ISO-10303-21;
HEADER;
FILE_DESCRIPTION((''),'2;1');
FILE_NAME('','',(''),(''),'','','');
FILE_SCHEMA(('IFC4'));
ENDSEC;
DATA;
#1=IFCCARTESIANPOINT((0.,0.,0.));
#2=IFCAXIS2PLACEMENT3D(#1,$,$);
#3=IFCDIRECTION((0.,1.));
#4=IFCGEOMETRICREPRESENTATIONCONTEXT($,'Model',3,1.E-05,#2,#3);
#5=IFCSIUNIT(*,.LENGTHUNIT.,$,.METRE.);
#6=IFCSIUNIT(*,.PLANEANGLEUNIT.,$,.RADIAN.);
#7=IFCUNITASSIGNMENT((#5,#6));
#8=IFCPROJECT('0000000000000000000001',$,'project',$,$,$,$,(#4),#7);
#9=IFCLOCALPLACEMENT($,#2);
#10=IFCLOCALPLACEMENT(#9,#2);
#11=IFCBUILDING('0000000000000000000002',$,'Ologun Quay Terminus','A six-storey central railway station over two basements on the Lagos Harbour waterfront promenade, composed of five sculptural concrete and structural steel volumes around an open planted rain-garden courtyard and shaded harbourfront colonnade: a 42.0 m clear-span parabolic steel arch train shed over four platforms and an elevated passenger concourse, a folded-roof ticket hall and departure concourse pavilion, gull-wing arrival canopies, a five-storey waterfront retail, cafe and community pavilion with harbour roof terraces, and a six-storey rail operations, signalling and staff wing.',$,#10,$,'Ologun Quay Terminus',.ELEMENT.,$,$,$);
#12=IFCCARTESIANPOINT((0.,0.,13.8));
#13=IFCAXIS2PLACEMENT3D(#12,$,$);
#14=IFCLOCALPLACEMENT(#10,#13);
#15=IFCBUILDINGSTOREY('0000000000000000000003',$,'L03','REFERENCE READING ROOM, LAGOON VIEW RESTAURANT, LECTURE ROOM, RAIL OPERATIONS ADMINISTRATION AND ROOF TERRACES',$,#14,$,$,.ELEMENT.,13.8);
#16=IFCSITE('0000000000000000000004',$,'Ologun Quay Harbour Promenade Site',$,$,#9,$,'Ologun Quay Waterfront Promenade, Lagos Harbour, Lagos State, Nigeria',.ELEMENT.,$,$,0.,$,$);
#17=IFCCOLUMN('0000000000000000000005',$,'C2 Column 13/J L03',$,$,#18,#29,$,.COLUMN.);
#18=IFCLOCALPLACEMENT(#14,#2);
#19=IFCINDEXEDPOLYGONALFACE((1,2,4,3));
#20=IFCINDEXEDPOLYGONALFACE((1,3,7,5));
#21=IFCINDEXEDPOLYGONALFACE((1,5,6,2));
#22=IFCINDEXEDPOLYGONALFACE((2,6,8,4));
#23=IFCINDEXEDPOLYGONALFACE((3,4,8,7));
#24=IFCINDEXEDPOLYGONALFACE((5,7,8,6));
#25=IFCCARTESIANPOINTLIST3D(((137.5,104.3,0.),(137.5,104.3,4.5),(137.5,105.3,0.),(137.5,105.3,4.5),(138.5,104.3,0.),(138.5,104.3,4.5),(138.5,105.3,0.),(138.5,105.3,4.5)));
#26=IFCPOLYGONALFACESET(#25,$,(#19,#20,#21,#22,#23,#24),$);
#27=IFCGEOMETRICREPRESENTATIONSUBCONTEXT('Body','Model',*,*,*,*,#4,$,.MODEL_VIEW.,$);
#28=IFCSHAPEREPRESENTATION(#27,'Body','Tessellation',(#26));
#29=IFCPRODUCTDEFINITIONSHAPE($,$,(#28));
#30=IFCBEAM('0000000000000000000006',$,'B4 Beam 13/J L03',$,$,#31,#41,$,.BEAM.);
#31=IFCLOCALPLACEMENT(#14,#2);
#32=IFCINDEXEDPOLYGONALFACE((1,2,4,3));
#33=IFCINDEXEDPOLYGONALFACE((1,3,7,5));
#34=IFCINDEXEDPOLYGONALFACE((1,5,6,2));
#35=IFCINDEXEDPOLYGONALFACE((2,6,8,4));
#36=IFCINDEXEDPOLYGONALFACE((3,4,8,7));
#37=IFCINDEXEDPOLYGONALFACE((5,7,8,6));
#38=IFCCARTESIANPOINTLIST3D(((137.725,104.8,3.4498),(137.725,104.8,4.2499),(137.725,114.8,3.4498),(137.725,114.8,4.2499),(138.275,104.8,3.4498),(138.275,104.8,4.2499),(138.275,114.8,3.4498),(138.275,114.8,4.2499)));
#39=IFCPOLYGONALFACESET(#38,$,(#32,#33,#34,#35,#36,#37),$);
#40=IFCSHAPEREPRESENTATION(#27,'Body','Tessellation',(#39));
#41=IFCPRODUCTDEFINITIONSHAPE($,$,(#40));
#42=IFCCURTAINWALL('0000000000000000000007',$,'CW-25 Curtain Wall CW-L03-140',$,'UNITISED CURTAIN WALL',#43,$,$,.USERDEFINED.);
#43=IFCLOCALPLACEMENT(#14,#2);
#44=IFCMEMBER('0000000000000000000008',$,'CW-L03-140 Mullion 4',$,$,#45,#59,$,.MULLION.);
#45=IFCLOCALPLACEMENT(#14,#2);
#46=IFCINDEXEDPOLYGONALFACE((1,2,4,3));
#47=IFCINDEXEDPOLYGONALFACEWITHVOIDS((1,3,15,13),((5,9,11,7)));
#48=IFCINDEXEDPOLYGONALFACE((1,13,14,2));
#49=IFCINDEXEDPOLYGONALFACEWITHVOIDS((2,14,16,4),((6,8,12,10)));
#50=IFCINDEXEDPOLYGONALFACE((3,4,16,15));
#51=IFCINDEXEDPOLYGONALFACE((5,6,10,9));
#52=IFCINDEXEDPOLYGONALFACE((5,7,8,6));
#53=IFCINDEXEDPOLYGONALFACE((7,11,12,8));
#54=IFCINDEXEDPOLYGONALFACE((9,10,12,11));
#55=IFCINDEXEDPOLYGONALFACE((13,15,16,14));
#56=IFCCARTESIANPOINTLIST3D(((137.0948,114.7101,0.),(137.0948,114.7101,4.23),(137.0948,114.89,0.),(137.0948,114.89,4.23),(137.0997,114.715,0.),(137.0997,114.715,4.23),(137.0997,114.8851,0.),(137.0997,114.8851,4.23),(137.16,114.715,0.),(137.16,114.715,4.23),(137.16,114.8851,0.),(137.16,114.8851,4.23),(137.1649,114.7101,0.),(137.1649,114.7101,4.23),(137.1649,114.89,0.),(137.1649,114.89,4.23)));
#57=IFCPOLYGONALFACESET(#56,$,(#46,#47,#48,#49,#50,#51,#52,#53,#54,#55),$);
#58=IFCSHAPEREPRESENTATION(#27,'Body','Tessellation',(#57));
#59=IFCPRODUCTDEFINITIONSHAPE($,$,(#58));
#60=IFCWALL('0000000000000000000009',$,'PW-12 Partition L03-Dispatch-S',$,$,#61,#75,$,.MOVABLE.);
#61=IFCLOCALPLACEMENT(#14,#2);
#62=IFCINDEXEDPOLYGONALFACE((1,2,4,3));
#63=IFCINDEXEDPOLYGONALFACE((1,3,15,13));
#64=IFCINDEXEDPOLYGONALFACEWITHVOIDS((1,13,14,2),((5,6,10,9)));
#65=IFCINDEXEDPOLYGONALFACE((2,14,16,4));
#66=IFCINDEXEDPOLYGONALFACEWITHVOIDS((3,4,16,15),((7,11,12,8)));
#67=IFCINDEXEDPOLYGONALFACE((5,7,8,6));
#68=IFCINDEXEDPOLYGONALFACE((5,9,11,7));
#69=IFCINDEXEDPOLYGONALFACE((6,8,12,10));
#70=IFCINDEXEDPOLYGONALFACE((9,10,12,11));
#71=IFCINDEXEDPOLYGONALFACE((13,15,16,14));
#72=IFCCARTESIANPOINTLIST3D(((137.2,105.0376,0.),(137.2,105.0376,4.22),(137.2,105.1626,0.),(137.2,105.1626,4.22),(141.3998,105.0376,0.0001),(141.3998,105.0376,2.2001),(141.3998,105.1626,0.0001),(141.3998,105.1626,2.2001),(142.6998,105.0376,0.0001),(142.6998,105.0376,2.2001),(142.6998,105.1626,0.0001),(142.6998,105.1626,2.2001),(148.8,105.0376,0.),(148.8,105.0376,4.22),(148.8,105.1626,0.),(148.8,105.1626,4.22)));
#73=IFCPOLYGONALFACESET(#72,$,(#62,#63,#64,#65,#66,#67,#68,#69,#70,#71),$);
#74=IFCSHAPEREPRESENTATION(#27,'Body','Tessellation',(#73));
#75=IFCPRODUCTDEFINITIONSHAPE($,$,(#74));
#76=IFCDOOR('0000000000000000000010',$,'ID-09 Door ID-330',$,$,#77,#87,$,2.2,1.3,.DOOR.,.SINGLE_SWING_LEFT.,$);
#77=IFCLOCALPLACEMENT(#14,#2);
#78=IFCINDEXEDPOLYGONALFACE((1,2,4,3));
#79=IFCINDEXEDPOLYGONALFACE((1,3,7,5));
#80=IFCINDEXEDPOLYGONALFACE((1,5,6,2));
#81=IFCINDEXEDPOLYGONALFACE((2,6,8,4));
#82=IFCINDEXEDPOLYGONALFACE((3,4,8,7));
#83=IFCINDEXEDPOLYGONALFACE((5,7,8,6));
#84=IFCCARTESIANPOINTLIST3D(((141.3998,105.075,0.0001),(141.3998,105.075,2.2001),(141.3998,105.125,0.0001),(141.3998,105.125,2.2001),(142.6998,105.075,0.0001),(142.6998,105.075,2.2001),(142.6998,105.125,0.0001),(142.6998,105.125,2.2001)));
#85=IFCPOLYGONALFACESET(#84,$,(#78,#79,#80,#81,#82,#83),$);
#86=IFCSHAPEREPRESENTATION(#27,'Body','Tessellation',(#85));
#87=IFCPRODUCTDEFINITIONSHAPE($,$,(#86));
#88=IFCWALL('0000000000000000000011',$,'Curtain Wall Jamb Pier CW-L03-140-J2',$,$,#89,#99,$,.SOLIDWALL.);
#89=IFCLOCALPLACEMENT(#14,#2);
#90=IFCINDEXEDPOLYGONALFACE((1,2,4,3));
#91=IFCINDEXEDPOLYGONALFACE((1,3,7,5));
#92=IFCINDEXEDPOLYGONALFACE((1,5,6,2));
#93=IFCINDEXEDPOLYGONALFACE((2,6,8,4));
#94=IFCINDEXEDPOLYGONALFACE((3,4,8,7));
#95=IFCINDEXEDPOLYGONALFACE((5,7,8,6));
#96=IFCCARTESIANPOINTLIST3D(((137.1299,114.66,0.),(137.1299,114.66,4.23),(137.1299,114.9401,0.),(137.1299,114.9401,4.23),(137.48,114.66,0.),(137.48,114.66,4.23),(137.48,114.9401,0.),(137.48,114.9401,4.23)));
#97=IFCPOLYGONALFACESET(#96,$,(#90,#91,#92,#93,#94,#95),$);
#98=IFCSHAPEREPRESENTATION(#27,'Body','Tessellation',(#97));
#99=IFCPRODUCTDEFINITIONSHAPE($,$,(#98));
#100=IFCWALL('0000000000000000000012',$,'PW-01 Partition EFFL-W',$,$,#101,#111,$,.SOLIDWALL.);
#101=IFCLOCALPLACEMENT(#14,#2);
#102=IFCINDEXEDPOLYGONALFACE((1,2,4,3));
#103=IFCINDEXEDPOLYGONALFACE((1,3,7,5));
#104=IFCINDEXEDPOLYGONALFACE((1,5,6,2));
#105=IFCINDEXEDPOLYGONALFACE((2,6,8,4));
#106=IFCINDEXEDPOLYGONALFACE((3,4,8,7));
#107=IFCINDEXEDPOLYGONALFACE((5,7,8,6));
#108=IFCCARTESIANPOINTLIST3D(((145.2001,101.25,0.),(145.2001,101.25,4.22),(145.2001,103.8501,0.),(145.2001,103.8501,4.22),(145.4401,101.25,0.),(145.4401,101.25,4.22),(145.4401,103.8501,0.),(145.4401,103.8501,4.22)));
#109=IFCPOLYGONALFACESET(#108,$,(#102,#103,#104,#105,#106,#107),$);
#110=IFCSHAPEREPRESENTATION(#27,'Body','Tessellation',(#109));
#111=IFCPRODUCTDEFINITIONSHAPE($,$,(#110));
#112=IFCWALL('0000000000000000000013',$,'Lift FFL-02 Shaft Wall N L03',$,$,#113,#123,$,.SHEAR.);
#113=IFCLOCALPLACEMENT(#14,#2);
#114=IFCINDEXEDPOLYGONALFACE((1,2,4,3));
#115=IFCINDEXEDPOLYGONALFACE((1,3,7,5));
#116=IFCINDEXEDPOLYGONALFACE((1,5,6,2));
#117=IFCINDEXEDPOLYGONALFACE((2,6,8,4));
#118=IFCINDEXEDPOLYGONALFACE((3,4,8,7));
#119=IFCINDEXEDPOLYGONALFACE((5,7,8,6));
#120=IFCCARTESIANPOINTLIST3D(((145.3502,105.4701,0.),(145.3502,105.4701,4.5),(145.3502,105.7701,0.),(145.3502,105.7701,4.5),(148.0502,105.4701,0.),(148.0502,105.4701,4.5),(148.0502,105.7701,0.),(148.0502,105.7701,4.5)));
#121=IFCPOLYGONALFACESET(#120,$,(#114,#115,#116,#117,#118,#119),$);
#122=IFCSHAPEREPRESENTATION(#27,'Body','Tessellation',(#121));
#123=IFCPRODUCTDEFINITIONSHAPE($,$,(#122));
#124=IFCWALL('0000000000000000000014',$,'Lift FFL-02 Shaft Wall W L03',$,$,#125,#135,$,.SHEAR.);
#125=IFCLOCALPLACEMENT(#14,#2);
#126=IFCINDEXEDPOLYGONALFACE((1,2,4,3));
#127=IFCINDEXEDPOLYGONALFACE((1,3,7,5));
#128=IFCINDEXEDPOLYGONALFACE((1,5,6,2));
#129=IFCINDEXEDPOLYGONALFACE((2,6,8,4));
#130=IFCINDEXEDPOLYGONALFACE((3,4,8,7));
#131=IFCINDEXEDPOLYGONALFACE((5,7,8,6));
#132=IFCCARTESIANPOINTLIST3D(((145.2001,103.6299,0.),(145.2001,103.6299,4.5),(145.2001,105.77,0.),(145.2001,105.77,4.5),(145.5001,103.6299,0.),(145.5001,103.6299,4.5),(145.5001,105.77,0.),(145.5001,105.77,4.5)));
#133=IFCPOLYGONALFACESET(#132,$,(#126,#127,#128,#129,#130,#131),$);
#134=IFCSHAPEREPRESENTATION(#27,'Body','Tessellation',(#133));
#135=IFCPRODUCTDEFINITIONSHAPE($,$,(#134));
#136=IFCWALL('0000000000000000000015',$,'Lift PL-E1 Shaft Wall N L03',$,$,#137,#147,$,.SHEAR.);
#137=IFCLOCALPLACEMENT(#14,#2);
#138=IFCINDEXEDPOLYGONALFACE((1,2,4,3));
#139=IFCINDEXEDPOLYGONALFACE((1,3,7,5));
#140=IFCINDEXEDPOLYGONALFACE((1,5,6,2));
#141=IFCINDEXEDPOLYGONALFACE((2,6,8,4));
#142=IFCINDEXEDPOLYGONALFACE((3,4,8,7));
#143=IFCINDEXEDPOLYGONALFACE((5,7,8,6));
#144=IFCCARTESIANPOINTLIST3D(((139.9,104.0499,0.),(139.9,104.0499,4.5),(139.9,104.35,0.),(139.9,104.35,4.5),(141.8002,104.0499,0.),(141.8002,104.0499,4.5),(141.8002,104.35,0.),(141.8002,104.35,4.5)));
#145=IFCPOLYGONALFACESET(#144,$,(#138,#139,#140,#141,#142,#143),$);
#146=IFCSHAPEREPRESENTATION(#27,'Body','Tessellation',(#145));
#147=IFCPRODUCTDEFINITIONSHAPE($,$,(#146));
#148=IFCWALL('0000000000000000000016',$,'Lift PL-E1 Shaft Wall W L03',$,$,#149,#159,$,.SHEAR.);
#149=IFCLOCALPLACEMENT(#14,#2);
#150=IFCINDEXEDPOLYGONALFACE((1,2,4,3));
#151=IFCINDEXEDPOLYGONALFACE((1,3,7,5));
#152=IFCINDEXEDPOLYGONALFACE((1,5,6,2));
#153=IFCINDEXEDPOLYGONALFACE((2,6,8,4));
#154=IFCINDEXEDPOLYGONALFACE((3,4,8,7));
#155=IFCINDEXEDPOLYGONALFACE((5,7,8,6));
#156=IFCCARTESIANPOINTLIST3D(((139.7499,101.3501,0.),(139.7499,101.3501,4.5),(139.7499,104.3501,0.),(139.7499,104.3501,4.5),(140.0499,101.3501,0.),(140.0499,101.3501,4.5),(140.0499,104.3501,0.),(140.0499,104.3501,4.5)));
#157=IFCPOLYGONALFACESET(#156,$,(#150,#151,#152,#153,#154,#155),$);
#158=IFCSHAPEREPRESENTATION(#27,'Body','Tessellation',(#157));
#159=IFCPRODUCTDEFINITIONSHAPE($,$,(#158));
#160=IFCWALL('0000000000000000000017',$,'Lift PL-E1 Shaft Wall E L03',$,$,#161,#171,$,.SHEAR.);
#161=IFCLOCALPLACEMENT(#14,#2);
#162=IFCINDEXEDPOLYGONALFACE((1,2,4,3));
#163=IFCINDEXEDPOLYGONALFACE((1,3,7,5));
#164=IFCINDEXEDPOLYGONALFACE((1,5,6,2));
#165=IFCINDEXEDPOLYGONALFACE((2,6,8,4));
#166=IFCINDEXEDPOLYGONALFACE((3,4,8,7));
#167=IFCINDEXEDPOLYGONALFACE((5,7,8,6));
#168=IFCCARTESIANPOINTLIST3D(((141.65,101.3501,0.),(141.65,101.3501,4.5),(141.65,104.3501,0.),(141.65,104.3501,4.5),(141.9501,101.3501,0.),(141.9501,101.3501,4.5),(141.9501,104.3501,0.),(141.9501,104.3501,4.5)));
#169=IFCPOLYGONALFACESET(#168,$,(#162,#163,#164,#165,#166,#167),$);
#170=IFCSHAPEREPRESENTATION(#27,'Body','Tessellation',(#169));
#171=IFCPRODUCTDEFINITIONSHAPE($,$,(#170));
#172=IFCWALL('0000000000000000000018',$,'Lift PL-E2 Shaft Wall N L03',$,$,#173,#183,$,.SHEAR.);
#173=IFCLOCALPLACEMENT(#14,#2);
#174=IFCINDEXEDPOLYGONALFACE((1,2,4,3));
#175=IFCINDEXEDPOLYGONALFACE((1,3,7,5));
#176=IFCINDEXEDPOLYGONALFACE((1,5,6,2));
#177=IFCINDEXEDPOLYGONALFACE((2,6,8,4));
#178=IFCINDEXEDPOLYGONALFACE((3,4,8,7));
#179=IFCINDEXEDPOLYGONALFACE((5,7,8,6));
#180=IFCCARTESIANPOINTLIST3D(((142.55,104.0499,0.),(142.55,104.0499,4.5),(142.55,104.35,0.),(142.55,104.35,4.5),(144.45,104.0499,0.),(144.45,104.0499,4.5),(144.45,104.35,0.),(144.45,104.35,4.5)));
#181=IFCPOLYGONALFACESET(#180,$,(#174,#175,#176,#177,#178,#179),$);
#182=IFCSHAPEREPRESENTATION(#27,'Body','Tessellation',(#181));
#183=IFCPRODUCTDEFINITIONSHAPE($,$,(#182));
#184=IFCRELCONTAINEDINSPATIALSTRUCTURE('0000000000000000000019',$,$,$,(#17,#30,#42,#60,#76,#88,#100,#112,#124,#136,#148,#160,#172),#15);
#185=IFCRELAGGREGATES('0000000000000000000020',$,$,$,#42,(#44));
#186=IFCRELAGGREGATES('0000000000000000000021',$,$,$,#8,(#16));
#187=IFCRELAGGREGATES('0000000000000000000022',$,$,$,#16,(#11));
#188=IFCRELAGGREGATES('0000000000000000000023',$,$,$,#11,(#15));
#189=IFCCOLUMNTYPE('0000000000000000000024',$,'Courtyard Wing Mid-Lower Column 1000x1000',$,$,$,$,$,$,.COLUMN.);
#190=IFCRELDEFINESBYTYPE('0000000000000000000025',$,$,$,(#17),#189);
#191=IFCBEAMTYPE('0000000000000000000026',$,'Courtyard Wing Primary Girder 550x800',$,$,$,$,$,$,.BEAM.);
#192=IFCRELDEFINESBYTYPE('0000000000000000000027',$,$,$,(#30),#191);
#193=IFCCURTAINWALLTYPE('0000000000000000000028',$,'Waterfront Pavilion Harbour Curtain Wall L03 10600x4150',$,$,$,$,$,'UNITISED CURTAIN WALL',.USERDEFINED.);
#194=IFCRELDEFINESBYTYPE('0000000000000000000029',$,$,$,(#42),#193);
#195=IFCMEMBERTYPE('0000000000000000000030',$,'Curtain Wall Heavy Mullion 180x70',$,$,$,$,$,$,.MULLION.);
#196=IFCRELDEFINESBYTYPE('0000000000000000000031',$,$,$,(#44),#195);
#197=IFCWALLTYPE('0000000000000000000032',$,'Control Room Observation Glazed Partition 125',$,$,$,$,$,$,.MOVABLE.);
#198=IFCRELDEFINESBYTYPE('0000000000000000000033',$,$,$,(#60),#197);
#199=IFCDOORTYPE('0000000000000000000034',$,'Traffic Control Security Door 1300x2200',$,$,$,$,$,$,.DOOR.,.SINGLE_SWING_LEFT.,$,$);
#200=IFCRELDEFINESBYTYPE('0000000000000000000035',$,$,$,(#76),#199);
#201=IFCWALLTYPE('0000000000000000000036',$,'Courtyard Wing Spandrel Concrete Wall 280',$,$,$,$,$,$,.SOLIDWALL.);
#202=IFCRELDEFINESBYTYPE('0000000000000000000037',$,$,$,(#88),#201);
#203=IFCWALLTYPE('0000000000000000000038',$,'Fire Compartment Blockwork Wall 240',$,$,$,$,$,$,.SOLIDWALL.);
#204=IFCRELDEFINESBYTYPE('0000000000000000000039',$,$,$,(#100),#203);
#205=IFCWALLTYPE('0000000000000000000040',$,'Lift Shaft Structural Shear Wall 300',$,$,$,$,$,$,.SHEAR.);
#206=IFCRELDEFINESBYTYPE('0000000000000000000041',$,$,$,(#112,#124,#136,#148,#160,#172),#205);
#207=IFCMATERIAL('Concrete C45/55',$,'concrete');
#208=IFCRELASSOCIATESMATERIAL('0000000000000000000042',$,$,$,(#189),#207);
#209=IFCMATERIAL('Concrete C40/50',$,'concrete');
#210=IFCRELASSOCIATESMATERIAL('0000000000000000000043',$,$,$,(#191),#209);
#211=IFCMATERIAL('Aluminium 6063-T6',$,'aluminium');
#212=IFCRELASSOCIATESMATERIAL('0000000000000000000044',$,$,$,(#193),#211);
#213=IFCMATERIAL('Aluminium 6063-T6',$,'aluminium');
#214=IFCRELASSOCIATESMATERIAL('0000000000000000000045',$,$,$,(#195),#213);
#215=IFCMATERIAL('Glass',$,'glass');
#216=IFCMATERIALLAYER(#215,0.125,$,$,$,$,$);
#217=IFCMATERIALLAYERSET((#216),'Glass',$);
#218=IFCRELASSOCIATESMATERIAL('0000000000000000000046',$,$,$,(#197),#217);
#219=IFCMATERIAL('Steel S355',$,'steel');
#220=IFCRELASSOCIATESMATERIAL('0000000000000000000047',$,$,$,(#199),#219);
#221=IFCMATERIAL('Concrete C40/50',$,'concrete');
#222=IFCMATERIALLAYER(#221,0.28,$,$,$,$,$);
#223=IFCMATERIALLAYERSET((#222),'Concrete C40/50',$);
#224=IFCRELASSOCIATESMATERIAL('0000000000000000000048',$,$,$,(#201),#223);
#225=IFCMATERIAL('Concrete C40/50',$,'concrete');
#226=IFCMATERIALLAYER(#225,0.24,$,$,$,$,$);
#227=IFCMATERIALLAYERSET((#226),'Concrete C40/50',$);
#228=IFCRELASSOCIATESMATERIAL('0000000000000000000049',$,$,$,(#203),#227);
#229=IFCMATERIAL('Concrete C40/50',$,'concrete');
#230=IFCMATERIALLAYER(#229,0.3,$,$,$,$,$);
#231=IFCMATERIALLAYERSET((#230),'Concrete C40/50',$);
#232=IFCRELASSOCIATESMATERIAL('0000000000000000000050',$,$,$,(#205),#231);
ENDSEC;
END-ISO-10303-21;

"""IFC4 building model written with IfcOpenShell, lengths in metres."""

from ifc_helpers import new_model, si_unit, direction, frame, frame_2d, origin, origin_2d, place, context, subcontext, project, spatial, rectangle, hollow_rectangle, extrude, material, layer, layer_set, material_profile, profile_set, type_object, element, fill, aggregate, save


model = new_model("IFC4")

# Units and contexts
model_context = context("Model", 3, precision=1e-05, world=origin(), true_north=direction((0.0, 1.0)))
body_context = subcontext(model_context, "Body", "Model", "MODEL_VIEW")
ifc_project = project(units=[si_unit("LENGTHUNIT", "METRE"), si_unit("PLANEANGLEUNIT", "RADIAN")], contexts=[model_context])

# Site, building, storey
site_placement = place(None, origin())
site = spatial("IfcSite", under=ifc_project, at=site_placement, Name="Ologun Quay Harbour Promenade Site", LongName="Ologun Quay Waterfront Promenade, Lagos Harbour, Lagos State, Nigeria", CompositionType="ELEMENT", RefElevation=0.0)
building_placement = place(site_placement, origin())
building = spatial("IfcBuilding", under=site, at=building_placement, Name="Ologun Quay Terminus", Description="A six-storey central railway station over two basements on the Lagos Harbour waterfront promenade, composed of five sculptural concrete and structural steel volumes around an open planted rain-garden courtyard and shaded harbourfront colonnade: a 42.0 m clear-span parabolic steel arch train shed over four platforms and an elevated passenger concourse, a folded-roof ticket hall and departure concourse pavilion, gull-wing arrival canopies, a five-storey waterfront retail, cafe and community pavilion with harbour roof terraces, and a six-storey rail operations, signalling and staff wing.", LongName="Ologun Quay Terminus", CompositionType="ELEMENT")
storey_placement = place(building_placement, frame((0.0, 0.0, 13.8)))
storey = spatial("IfcBuildingStorey", under=building, at=storey_placement, Name="L03", Description="REFERENCE READING ROOM, LAGOON VIEW RESTAURANT, LECTURE ROOM, RAIL OPERATIONS ADMINISTRATION AND ROOF TERRACES", CompositionType="ELEMENT", Elevation=13.8)

# Column
ifc_material_1 = material(Name="Concrete C45/55", Category="concrete")
ifc_material_profile_1 = material_profile(ifc_material_1, rectangle(XDim=1.0, YDim=1.0, at=origin_2d()), Name="RC 1000x1000")
ifc_profile_set_1 = profile_set([ifc_material_profile_1], Name="Concrete C45/55")
column_type = type_object("IfcColumnType", Name="Courtyard Wing Mid-Lower Column 1000x1000", PredefinedType="COLUMN", material=ifc_profile_set_1)
column_placement = place(storey_placement, frame((138.0, 104.8, 0.0), z_axis=(0.0, 0.0, 1.0), x_axis=(1.0, 0.0, 0.0)))
element("IfcColumn", 1, at=column_placement, inside=storey, type_object=column_type, Name="C2 Column 13/J L03", PredefinedType="COLUMN", context=body_context, shape_type="SweptSolid", body=[
    extrude(rectangle(XDim=1.0, YDim=1.0, at=origin_2d()), origin(), (0.0, 0.0, 1.0), 4.5),
])

# Beam
ifc_material_2 = material(Name="Concrete C40/50", Category="concrete")
ifc_material_profile_2 = material_profile(ifc_material_2, rectangle(XDim=0.55, YDim=0.8, at=origin_2d()), Name="RC 550x800")
ifc_profile_set_2 = profile_set([ifc_material_profile_2], Name="Concrete C40/50")
beam_type = type_object("IfcBeamType", Name="Courtyard Wing Primary Girder 550x800", PredefinedType="BEAM", material=ifc_profile_set_2)
beam_placement = place(storey_placement, frame((138.0, 104.8, 3.8499), z_axis=(0.0, 1.0, 0.0), x_axis=(-1.0, 0.0, 0.0)))
element("IfcBeam", 2, at=beam_placement, inside=storey, type_object=beam_type, Name="B4 Beam 13/J L03", PredefinedType="BEAM", context=body_context, shape_type="SweptSolid", body=[
    extrude(rectangle(XDim=0.55, YDim=0.8, at=origin_2d()), origin(), (0.0, 0.0, 1.0), 10.0),
])

# Curtain wall, member
ifc_material_3 = material(Name="Aluminium 6063-T6", Category="aluminium")
curtain_wall_type = type_object("IfcCurtainWallType", Name="Waterfront Pavilion Harbour Curtain Wall L03 10600x4150", ElementType="UNITISED CURTAIN WALL", PredefinedType="USERDEFINED", material=ifc_material_3)
curtain_wall_placement = place(storey_placement, origin())
curtain_wall = element("IfcCurtainWall", 3, at=curtain_wall_placement, inside=storey, type_object=curtain_wall_type, Name="CW-25 Curtain Wall CW-L03-140", ObjectType="UNITISED CURTAIN WALL", PredefinedType="USERDEFINED")
ifc_material_4 = material(Name="Aluminium 6063-T6", Category="aluminium")
ifc_material_profile_3 = material_profile(ifc_material_4, hollow_rectangle(XDim=0.0701, YDim=0.1799, WallThickness=0.0049, at=origin_2d()), Name="ALU 180x70x5")
ifc_profile_set_3 = profile_set([ifc_material_profile_3], Name="Aluminium 6063-T6")
member_type = type_object("IfcMemberType", Name="Curtain Wall Heavy Mullion 180x70", PredefinedType="MULLION", material=ifc_profile_set_3)
member_placement = place(storey_placement, frame((137.1299, 114.8, 0.0), z_axis=(0.0, 0.0, 1.0), x_axis=(1.0, 0.0, 0.0)))
member = element("IfcMember", 4, at=member_placement, type_object=member_type, Name="CW-L03-140 Mullion 4", PredefinedType="MULLION", context=body_context, shape_type="SweptSolid", body=[
    extrude(hollow_rectangle(XDim=0.0701, YDim=0.1799, WallThickness=0.0049, at=origin_2d()), origin(), (0.0, 0.0, 1.0), 4.23),
])
aggregate(curtain_wall, [member])

# Wall, opening, door
ifc_material_5 = material(Name="Glass", Category="glass")
ifc_layer_1 = layer(ifc_material_5, 0.125)
ifc_layer_set_1 = layer_set([ifc_layer_1], Name="Glass")
wall_type_1 = type_object("IfcWallType", Name="Control Room Observation Glazed Partition 125", PredefinedType="MOVABLE", material=ifc_layer_set_1)
wall_1_placement = place(storey_placement, frame((137.2, 105.1001, 0.0), z_axis=(0.0, 0.0, 1.0), x_axis=(1.0, 0.0, 0.0)))
wall_1 = element("IfcWall", 5, at=wall_1_placement, inside=storey, type_object=wall_type_1, Name="PW-12 Partition L03-Dispatch-S", PredefinedType="MOVABLE", context=body_context, shape_type="SweptSolid", body=[
    extrude(rectangle(XDim=11.6001, YDim=0.125, at=frame_2d((5.8, 0.0))), origin(), (0.0, 0.0, 1.0), 4.22),
])
opening_1_placement = place(wall_1_placement, frame((4.2, 0.0, 0.0)))
opening_1 = element("IfcOpeningElement", 6, at=opening_1_placement, cuts=wall_1, PredefinedType="OPENING", context=body_context, shape_type="SweptSolid", body=[
    extrude(rectangle(XDim=1.3, YDim=2.2, at=frame_2d((0.6499, 1.1001))), frame((0.0, 0.0725, 0.0), z_axis=(0.0, -1.0, 0.0), x_axis=(1.0, 0.0, 0.0)), (0.0, 0.0, 1.0), 0.145),
])
ifc_material_6 = material(Name="Steel S355", Category="steel")
door_type_1 = type_object("IfcDoorType", Name="Traffic Control Security Door 1300x2200", OperationType="SINGLE_SWING_LEFT", PredefinedType="DOOR", material=ifc_material_6)
door_1_placement = place(opening_1_placement, origin())
door_1 = element("IfcDoor", 7, at=door_1_placement, inside=storey, type_object=door_type_1, Name="ID-09 Door ID-330", OperationType="SINGLE_SWING_LEFT", OverallHeight=2.2, OverallWidth=1.3, PredefinedType="DOOR", context=body_context, shape_type="SweptSolid", body=[
    extrude(rectangle(XDim=1.3, YDim=2.2, at=frame_2d((0.6499, 1.1001))), frame((0.0, 0.0249, 0.0), z_axis=(0.0, -1.0, 0.0), x_axis=(1.0, 0.0, 0.0)), (0.0, 0.0, 1.0), 0.05),
])
fill(opening_1, door_1)

# Wall
ifc_material_7 = material(Name="Concrete C40/50", Category="concrete")
ifc_layer_2 = layer(ifc_material_7, 0.28)
ifc_layer_set_2 = layer_set([ifc_layer_2], Name="Concrete C40/50")
wall_type_2 = type_object("IfcWallType", Name="Courtyard Wing Spandrel Concrete Wall 280", PredefinedType="SOLIDWALL", material=ifc_layer_set_2)
wall_2_placement = place(storey_placement, frame((137.1299, 114.8, 0.0), z_axis=(0.0, 0.0, 1.0), x_axis=(1.0, 0.0, 0.0)))
element("IfcWall", 8, at=wall_2_placement, inside=storey, type_object=wall_type_2, Name="Curtain Wall Jamb Pier CW-L03-140-J2", PredefinedType="SOLIDWALL", context=body_context, shape_type="SweptSolid", body=[
    extrude(rectangle(XDim=0.3501, YDim=0.28, at=frame_2d((0.175, 0.0))), origin(), (0.0, 0.0, 1.0), 4.23),
])

# Shared definitions
ifc_material_8 = material(Name="Concrete C40/50", Category="concrete")
ifc_layer_3 = layer(ifc_material_8, 0.24)
ifc_layer_set_3 = layer_set([ifc_layer_3], Name="Concrete C40/50")
wall_type_3 = type_object("IfcWallType", Name="Fire Compartment Blockwork Wall 240", PredefinedType="SOLIDWALL", material=ifc_layer_set_3)

# Wall
wall_3_placement = place(storey_placement, frame((145.3201, 101.25, 0.0), z_axis=(0.0, 0.0, 1.0), x_axis=(0.0, 1.0, 0.0)))
element("IfcWall", 9, at=wall_3_placement, inside=storey, type_object=wall_type_3, Name="PW-01 Partition EFFL-W", PredefinedType="SOLIDWALL", context=body_context, shape_type="SweptSolid", body=[
    extrude(rectangle(XDim=2.6001, YDim=0.24, at=frame_2d((1.3, 0.0))), origin(), (0.0, 0.0, 1.0), 4.22),
])

# Shared definitions
ifc_material_9 = material(Name="Concrete C40/50", Category="concrete")
ifc_layer_4 = layer(ifc_material_9, 0.3)
ifc_layer_set_4 = layer_set([ifc_layer_4], Name="Concrete C40/50")
wall_type_4 = type_object("IfcWallType", Name="Lift Shaft Structural Shear Wall 300", PredefinedType="SHEAR", material=ifc_layer_set_4)

# Walls
wall_4_placement = place(storey_placement, frame((145.3501, 105.6201, 0.0), z_axis=(0.0, 0.0, 1.0), x_axis=(1.0, 0.0, 0.0)))
element("IfcWall", 10, at=wall_4_placement, inside=storey, type_object=wall_type_4, Name="Lift FFL-02 Shaft Wall N L03", PredefinedType="SHEAR", context=body_context, shape_type="SweptSolid", body=[
    extrude(rectangle(XDim=2.7, YDim=0.3, at=frame_2d((1.3501, 0.0))), origin(), (0.0, 0.0, 1.0), 4.5),
])
wall_5_placement = place(storey_placement, frame((145.3501, 103.6299, 0.0), z_axis=(0.0, 0.0, 1.0), x_axis=(0.0, 1.0, 0.0)))
element("IfcWall", 11, at=wall_5_placement, inside=storey, type_object=wall_type_4, Name="Lift FFL-02 Shaft Wall W L03", PredefinedType="SHEAR", context=body_context, shape_type="SweptSolid", body=[
    extrude(rectangle(XDim=2.1401, YDim=0.3, at=frame_2d((1.0701, 0.0))), origin(), (0.0, 0.0, 1.0), 4.5),
])

# Walls
wall_6_placement = place(storey_placement, frame((139.8999, 104.2, 0.0), z_axis=(0.0, 0.0, 1.0), x_axis=(1.0, 0.0, 0.0)))
element("IfcWall", 12, at=wall_6_placement, inside=storey, type_object=wall_type_4, Name="Lift PL-E1 Shaft Wall N L03", PredefinedType="SHEAR", context=body_context, shape_type="SweptSolid", body=[
    extrude(rectangle(XDim=1.9001, YDim=0.3, at=frame_2d((0.9502, 0.0))), origin(), (0.0, 0.0, 1.0), 4.5),
])
for number, where, z_axis, x_axis, name in (
    (13, (139.8999, 101.3501, 0.0), (0.0, 0.0, 1.0), (0.0, 1.0, 0.0), "Lift PL-E1 Shaft Wall W L03"),
    (14, (141.8, 101.3501, 0.0), (0.0, 0.0, 1.0), (0.0, 1.0, 0.0), "Lift PL-E1 Shaft Wall E L03"),
):
    element("IfcWall", number, at=place(storey_placement, frame(where, z_axis=z_axis, x_axis=x_axis)), inside=storey, type_object=wall_type_4, Name=name, PredefinedType="SHEAR", context=body_context, shape_type="SweptSolid", body=[
        extrude(rectangle(XDim=3.0, YDim=0.3, at=frame_2d((1.5, 0.0))), origin(), (0.0, 0.0, 1.0), 4.5),
    ])

# Wall
wall_7_placement = place(storey_placement, frame((142.55, 104.2, 0.0), z_axis=(0.0, 0.0, 1.0), x_axis=(1.0, 0.0, 0.0)))
element("IfcWall", 15, at=wall_7_placement, inside=storey, type_object=wall_type_4, Name="Lift PL-E2 Shaft Wall N L03", PredefinedType="SHEAR", context=body_context, shape_type="SweptSolid", body=[
    extrude(rectangle(XDim=1.8999, YDim=0.3, at=frame_2d((0.95, 0.0))), origin(), (0.0, 0.0, 1.0), 4.5),
])

save(model, "model.ifc")
